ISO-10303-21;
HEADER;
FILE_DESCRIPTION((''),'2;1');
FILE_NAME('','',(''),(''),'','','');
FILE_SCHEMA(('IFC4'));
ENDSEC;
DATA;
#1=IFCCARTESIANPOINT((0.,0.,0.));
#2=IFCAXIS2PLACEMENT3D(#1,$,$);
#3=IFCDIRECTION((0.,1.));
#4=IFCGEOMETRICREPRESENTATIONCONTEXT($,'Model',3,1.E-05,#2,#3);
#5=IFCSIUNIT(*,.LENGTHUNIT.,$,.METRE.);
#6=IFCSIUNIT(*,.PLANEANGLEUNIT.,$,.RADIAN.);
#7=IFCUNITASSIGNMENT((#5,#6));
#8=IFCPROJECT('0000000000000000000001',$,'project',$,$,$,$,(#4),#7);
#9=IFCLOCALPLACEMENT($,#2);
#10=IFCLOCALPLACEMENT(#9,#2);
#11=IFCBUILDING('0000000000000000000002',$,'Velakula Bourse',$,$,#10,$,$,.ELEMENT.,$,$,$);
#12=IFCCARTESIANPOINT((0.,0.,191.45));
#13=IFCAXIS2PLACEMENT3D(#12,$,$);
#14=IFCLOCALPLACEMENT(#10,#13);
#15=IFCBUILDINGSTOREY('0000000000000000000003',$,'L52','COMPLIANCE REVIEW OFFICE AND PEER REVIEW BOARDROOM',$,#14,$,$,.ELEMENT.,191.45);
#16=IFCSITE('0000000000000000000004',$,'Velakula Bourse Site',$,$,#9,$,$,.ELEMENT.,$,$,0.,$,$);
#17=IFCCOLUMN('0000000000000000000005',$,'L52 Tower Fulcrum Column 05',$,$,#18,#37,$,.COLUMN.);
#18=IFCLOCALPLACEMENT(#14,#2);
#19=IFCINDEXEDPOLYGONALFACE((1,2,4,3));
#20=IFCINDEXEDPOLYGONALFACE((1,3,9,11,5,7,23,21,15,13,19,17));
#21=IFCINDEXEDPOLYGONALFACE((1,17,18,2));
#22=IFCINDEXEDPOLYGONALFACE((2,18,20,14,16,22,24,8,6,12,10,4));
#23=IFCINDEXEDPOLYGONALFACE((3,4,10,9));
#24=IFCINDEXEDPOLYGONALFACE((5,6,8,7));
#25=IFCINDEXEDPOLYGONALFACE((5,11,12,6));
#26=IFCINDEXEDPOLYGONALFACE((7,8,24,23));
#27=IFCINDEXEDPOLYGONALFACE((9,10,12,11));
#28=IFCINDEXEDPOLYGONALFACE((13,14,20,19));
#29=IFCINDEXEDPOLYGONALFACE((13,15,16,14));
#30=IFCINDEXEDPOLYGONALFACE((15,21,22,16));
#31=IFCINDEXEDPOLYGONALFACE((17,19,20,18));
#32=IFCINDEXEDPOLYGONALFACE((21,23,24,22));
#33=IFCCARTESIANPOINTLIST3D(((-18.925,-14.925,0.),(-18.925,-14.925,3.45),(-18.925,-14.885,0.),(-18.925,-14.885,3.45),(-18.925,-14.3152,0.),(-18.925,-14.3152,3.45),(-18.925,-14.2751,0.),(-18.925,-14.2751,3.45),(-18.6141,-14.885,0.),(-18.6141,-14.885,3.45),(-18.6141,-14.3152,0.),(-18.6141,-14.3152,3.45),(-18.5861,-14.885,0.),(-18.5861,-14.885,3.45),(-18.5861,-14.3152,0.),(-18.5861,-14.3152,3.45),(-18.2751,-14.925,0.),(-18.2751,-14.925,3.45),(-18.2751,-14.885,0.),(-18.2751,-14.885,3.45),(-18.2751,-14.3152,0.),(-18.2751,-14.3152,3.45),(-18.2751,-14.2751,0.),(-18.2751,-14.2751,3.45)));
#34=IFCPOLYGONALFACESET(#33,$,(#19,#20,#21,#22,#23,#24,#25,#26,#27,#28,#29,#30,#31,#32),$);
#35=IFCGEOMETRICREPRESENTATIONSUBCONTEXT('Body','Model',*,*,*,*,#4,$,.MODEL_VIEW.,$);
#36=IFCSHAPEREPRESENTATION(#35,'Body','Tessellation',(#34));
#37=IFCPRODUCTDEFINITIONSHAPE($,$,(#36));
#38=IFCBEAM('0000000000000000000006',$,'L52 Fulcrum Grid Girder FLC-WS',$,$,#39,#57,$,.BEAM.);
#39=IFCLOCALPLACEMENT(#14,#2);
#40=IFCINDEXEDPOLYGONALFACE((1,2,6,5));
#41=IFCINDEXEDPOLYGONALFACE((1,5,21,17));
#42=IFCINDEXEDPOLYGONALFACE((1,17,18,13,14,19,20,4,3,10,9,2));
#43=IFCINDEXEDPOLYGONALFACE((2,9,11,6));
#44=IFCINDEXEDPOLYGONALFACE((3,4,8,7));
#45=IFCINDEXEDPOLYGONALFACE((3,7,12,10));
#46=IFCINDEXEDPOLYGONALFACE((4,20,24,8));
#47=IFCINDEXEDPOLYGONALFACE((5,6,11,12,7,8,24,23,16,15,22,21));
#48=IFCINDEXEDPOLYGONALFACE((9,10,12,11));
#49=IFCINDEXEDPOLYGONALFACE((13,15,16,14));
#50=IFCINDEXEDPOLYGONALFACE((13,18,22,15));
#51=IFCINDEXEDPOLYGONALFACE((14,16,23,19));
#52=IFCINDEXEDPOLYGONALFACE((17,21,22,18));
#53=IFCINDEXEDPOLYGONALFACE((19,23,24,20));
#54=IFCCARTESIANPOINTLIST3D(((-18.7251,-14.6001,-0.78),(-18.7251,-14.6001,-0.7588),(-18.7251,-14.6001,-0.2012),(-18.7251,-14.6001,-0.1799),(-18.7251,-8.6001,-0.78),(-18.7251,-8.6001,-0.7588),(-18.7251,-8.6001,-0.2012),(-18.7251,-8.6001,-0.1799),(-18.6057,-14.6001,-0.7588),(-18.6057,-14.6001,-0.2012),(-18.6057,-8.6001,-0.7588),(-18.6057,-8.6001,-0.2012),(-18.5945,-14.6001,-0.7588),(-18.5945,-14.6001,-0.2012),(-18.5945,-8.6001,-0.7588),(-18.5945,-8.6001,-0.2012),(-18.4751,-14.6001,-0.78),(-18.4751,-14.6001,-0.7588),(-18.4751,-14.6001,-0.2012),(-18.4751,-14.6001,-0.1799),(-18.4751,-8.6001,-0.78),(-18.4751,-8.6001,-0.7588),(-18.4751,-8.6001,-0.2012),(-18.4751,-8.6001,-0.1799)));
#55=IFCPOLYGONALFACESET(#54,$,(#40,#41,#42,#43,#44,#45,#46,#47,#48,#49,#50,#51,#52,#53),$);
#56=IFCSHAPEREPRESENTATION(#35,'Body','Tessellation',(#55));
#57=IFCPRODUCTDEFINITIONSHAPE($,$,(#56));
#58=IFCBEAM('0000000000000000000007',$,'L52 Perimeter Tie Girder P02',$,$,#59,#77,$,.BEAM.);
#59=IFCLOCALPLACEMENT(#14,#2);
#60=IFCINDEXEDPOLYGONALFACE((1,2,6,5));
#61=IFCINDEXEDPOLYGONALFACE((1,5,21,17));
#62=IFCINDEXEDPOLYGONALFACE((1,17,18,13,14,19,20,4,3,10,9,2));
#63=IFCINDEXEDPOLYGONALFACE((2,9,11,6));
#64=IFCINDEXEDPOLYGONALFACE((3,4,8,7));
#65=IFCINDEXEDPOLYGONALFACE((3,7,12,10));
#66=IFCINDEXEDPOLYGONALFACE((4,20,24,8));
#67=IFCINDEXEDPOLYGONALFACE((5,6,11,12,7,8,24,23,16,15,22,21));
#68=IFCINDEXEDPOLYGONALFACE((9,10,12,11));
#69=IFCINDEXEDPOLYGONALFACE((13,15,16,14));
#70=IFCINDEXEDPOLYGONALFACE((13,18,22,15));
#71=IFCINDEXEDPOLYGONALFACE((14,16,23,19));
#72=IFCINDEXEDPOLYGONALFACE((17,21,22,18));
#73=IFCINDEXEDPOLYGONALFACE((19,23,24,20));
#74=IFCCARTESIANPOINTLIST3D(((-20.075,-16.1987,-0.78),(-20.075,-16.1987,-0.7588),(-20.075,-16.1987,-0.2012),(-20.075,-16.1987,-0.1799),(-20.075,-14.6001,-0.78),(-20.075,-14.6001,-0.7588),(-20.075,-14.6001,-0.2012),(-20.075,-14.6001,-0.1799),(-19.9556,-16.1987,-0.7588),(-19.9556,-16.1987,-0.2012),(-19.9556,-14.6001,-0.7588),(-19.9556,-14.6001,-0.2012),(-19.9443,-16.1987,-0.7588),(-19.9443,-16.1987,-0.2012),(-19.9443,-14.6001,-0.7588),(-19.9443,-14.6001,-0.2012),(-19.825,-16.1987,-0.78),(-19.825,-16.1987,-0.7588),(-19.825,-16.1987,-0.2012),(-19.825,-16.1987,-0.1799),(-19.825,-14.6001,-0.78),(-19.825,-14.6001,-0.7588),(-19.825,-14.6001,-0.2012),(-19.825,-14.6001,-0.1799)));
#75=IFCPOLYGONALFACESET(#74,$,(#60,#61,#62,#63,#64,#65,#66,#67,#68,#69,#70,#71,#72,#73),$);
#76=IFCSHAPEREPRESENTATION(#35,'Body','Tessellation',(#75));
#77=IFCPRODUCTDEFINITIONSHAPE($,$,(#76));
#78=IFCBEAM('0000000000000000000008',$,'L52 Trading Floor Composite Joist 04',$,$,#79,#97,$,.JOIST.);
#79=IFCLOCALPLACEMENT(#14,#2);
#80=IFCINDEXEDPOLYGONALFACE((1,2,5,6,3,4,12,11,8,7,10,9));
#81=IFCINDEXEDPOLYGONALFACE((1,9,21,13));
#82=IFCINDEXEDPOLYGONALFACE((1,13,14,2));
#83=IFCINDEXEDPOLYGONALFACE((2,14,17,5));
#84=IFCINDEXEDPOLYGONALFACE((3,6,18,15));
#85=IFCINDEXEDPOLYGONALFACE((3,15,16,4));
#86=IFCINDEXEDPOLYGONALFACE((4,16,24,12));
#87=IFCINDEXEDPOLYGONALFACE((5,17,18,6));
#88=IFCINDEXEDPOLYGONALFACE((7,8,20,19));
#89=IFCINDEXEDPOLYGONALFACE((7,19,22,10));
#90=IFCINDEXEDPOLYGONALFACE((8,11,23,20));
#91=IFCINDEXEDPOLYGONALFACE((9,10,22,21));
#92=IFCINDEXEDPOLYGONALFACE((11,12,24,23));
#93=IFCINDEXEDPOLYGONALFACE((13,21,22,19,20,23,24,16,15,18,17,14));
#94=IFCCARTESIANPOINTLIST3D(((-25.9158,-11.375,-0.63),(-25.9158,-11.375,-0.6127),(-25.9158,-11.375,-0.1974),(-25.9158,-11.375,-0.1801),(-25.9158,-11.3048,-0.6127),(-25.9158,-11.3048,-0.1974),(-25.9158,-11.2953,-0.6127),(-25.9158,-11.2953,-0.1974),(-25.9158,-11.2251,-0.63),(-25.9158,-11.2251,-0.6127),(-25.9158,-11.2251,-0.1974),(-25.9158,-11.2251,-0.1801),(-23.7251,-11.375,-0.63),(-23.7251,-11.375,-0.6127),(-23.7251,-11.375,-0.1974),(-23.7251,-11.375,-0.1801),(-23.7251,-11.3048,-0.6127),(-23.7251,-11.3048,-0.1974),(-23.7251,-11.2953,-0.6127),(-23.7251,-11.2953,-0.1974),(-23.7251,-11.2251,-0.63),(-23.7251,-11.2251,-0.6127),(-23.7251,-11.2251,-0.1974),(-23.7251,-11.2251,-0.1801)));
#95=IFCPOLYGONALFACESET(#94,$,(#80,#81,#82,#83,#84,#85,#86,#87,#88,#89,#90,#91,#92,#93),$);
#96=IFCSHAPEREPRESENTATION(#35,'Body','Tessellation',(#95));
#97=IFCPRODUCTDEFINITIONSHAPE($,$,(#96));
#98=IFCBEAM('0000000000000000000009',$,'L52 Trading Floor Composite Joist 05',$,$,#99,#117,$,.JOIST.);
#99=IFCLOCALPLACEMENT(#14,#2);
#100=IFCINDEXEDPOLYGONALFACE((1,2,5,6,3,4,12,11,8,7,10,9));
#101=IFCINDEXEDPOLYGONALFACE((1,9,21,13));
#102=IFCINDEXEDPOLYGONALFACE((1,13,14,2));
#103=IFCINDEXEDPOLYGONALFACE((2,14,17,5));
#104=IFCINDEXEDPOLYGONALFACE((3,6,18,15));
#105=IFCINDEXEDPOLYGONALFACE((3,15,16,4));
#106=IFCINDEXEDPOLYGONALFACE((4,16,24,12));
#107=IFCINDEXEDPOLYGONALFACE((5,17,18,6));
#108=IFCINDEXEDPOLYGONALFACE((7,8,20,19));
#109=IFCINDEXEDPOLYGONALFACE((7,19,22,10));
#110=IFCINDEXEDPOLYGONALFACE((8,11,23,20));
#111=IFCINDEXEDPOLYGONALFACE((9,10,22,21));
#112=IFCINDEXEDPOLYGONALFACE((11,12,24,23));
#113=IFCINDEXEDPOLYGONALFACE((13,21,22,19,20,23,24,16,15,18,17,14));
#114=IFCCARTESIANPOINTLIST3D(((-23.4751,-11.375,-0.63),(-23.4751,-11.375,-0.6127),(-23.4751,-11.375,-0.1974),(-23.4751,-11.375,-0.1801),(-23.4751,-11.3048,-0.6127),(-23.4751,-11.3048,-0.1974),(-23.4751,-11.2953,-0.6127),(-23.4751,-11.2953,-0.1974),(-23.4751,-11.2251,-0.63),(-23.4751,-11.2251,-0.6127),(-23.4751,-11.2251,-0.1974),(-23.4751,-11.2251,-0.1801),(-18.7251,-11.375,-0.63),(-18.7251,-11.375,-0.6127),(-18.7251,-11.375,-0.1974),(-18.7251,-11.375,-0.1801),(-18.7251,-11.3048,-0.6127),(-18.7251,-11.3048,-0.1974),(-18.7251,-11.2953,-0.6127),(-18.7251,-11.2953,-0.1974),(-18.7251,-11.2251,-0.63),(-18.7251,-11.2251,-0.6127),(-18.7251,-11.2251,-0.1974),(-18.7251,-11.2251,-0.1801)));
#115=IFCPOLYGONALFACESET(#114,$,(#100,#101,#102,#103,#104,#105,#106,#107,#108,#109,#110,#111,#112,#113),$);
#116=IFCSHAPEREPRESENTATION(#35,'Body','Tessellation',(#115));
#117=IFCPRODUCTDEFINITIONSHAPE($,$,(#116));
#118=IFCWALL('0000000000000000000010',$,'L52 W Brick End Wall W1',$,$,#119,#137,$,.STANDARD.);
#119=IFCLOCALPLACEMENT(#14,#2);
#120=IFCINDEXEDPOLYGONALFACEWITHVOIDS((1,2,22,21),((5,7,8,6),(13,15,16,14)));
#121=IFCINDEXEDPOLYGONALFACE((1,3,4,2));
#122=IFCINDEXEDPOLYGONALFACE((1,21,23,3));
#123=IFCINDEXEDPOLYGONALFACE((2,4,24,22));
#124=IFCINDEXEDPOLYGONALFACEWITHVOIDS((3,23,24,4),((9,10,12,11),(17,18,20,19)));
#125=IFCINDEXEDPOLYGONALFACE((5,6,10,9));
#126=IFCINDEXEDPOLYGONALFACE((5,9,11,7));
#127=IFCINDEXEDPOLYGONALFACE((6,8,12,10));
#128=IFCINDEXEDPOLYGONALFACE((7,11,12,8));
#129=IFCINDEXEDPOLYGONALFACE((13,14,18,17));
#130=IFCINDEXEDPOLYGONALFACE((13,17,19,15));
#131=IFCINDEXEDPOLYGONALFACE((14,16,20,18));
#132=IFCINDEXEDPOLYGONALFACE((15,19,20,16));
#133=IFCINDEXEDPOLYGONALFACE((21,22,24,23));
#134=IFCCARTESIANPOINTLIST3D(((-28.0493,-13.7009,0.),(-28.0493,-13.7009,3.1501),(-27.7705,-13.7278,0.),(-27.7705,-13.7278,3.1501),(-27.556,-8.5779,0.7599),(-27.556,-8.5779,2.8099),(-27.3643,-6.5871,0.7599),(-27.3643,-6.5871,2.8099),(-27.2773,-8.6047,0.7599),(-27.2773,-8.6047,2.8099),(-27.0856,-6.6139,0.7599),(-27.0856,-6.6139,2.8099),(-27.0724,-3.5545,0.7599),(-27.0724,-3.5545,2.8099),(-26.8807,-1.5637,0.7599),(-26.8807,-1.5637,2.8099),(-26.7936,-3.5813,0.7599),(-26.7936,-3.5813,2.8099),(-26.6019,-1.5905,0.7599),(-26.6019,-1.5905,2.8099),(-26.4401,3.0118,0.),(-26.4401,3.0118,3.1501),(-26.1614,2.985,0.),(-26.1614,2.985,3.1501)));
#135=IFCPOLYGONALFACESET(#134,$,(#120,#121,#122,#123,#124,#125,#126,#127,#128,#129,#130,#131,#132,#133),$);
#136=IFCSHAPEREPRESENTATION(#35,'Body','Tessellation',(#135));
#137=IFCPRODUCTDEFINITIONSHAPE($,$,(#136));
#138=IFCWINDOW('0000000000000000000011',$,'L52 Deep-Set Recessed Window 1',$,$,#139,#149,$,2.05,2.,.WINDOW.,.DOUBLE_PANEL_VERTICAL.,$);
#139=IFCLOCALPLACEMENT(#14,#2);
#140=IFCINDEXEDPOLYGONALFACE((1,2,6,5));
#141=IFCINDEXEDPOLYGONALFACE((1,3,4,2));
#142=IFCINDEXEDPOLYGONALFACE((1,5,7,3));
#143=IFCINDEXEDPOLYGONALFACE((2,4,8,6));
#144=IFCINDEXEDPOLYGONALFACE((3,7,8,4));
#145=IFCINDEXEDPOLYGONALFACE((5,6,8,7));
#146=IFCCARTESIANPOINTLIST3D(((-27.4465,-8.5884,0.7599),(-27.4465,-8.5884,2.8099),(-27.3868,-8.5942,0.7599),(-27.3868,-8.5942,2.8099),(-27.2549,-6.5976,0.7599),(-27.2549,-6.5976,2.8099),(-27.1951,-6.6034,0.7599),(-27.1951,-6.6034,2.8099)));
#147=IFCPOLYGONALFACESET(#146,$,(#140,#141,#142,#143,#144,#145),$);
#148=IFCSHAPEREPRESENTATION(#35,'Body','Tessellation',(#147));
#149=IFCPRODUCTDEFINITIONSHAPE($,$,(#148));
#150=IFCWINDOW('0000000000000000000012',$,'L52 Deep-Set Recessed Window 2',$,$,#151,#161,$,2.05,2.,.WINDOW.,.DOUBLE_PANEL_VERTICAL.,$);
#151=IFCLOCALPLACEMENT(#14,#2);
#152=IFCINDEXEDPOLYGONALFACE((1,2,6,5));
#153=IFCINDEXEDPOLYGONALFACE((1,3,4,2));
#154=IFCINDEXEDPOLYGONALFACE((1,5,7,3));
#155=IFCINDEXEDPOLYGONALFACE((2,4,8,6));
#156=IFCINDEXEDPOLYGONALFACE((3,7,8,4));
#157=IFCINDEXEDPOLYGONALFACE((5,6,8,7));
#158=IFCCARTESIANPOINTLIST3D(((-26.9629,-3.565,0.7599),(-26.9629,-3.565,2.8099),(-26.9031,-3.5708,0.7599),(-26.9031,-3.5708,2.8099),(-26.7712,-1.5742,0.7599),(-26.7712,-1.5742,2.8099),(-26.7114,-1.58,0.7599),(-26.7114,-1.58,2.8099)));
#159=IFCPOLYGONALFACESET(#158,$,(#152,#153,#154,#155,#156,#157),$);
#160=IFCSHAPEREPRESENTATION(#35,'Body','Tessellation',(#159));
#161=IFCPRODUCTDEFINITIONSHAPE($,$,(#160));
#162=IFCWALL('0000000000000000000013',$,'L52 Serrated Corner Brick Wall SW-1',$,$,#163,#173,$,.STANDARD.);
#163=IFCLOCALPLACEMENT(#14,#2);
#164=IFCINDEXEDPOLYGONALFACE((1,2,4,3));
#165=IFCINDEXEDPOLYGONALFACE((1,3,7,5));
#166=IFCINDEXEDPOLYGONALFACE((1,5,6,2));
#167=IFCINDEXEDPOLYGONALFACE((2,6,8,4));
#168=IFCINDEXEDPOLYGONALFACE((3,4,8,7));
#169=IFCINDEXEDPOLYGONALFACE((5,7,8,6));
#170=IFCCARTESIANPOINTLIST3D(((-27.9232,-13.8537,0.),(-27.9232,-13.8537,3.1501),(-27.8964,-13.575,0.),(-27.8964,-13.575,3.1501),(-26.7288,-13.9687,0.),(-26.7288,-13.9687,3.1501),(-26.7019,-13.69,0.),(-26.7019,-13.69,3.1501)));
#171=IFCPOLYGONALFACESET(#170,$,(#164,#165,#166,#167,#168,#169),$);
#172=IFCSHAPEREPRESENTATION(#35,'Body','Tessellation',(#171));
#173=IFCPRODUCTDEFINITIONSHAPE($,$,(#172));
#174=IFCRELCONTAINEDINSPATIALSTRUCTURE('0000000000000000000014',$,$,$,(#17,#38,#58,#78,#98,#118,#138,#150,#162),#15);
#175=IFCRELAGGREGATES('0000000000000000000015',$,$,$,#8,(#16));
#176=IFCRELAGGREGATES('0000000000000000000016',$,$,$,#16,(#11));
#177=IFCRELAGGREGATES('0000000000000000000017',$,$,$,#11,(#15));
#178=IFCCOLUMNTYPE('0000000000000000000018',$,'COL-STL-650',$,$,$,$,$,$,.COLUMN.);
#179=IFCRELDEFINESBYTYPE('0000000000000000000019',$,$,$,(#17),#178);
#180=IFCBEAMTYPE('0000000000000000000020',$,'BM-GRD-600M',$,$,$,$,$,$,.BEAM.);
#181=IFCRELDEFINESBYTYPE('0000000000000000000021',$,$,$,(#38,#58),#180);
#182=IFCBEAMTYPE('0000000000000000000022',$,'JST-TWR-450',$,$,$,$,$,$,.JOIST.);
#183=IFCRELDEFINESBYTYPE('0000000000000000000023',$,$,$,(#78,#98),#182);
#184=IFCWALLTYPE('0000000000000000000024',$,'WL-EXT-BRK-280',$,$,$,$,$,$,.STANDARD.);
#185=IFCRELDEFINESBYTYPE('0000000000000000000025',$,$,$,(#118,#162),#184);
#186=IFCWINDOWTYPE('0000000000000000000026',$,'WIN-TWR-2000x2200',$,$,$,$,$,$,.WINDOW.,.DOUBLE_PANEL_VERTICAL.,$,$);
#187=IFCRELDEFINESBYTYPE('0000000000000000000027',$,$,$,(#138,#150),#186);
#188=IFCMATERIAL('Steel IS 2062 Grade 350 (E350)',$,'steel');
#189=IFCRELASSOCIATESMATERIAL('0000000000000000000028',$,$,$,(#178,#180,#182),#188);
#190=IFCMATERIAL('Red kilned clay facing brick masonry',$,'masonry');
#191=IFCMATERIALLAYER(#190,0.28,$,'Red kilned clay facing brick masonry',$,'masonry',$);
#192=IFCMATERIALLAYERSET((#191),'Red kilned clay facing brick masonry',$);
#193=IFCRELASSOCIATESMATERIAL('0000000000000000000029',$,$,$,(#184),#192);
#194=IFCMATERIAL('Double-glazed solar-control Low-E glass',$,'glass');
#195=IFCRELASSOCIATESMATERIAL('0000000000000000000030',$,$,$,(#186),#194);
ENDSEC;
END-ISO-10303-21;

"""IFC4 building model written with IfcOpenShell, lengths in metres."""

from ifc_helpers import new_model, si_unit, direction, frame, frame_2d, origin, origin_2d, place, context, subcontext, project, spatial, rectangle, i_section, extrude, material, layer, layer_set, material_profile, profile_set, type_object, element, fill, save


model = new_model("IFC4")

# Units and contexts
model_context = context("Model", 3, precision=1e-05, world=origin(), true_north=direction((0.0, 1.0)))
body_context = subcontext(model_context, "Body", "Model", "MODEL_VIEW")
ifc_project = project(units=[si_unit("LENGTHUNIT", "METRE"), si_unit("PLANEANGLEUNIT", "RADIAN")], contexts=[model_context])

# Site, building, storey
site_placement = place(None, origin())
site = spatial("IfcSite", under=ifc_project, at=site_placement, Name="Velakula Bourse Site", CompositionType="ELEMENT", RefElevation=0.0)
building_placement = place(site_placement, origin())
building = spatial("IfcBuilding", under=site, at=building_placement, Name="Velakula Bourse", CompositionType="ELEMENT")
storey_placement = place(building_placement, frame((0.0, 0.0, 191.45)))
storey = spatial("IfcBuildingStorey", under=building, at=storey_placement, Name="L52", Description="COMPLIANCE REVIEW OFFICE AND PEER REVIEW BOARDROOM", CompositionType="ELEMENT", Elevation=191.45)

# Column
ifc_material_1 = material(Name="Steel IS 2062 Grade 350 (E350)", Category="steel")
ifc_material_profile_1 = material_profile(ifc_material_1, i_section(OverallWidth=0.6499, OverallDepth=0.6499, WebThickness=0.0281, FlangeThickness=0.04, at=origin_2d()), Name="Steel IS 2062 Grade 350 (E350)")
ifc_profile_set_1 = profile_set([ifc_material_profile_1], Name="Steel IS 2062 Grade 350 (E350)")
column_type = type_object("IfcColumnType", Name="COL-STL-650", PredefinedType="COLUMN", material=ifc_profile_set_1)
column_placement = place(storey_placement, frame((-18.6001, -14.6001, 0.0), z_axis=(0.0, 0.0, 1.0), x_axis=(1.0, 0.0, 0.0)))
element("IfcColumn", 1, at=column_placement, inside=storey, type_object=column_type, Name="L52 Tower Fulcrum Column 05", PredefinedType="COLUMN", context=body_context, shape_type="SweptSolid", body=[
    extrude(i_section(OverallWidth=0.6499, OverallDepth=0.6499, WebThickness=0.0281, FlangeThickness=0.04, at=origin_2d()), origin(), (0.0, 0.0, 1.0), 3.45),
])

# Beams
ifc_material_profile_2 = material_profile(ifc_material_1, i_section(OverallWidth=0.25, OverallDepth=0.6001, WebThickness=0.0112, FlangeThickness=0.0212, at=origin_2d()), Name="Steel IS 2062 Grade 350 (E350)")
ifc_profile_set_2 = profile_set([ifc_material_profile_2], Name="Steel IS 2062 Grade 350 (E350)")
beam_type_1 = type_object("IfcBeamType", Name="BM-GRD-600M", PredefinedType="BEAM", material=ifc_profile_set_2)
beam_1_placement = place(storey_placement, frame((-18.6001, -14.6001, -0.48), z_axis=(0.0, 1.0, 0.0), x_axis=(-1.0, 0.0, 0.0)))
element("IfcBeam", 2, at=beam_1_placement, inside=storey, type_object=beam_type_1, Name="L52 Fulcrum Grid Girder FLC-WS", PredefinedType="BEAM", context=body_context, shape_type="SweptSolid", body=[
    extrude(i_section(OverallWidth=0.25, OverallDepth=0.6001, WebThickness=0.0112, FlangeThickness=0.0212, at=origin_2d()), origin(), (0.0, 0.0, 1.0), 6.0),
])
beam_2_placement = place(storey_placement, frame((-19.95, -14.6001, -0.48), z_axis=(0.0, -1.0, 0.0), x_axis=(1.0, 0.0, 0.0)))
element("IfcBeam", 3, at=beam_2_placement, inside=storey, type_object=beam_type_1, Name="L52 Perimeter Tie Girder P02", PredefinedType="BEAM", context=body_context, shape_type="SweptSolid", body=[
    extrude(i_section(OverallWidth=0.25, OverallDepth=0.6001, WebThickness=0.0112, FlangeThickness=0.0212, at=origin_2d()), origin(), (0.0, 0.0, 1.0), 1.5986),
])
ifc_material_profile_3 = material_profile(ifc_material_1, i_section(OverallWidth=0.1499, OverallDepth=0.45, WebThickness=0.0095, FlangeThickness=0.0173, at=origin_2d()), Name="Steel IS 2062 Grade 350 (E350)")
ifc_profile_set_3 = profile_set([ifc_material_profile_3], Name="Steel IS 2062 Grade 350 (E350)")
beam_type_2 = type_object("IfcBeamType", Name="JST-TWR-450", PredefinedType="JOIST", material=ifc_profile_set_3)
beam_3_placement = place(storey_placement, frame((-25.9158, -11.3, -0.405), z_axis=(1.0, 0.0, 0.0), x_axis=(0.0, 1.0, 0.0)))
element("IfcBeam", 4, at=beam_3_placement, inside=storey, type_object=beam_type_2, Name="L52 Trading Floor Composite Joist 04", PredefinedType="JOIST", context=body_context, shape_type="SweptSolid", body=[
    extrude(i_section(OverallWidth=0.1499, OverallDepth=0.45, WebThickness=0.0095, FlangeThickness=0.0173, at=origin_2d()), origin(), (0.0, 0.0, 1.0), 2.1907),
])
beam_4_placement = place(storey_placement, frame((-23.4751, -11.3, -0.405), z_axis=(1.0, 0.0, 0.0), x_axis=(0.0, 1.0, 0.0)))
element("IfcBeam", 5, at=beam_4_placement, inside=storey, type_object=beam_type_2, Name="L52 Trading Floor Composite Joist 05", PredefinedType="JOIST", context=body_context, shape_type="SweptSolid", body=[
    extrude(i_section(OverallWidth=0.1499, OverallDepth=0.45, WebThickness=0.0095, FlangeThickness=0.0173, at=origin_2d()), origin(), (0.0, 0.0, 1.0), 4.75),
])

# Wall, openings, windows
ifc_material_2 = material(Name="Red kilned clay facing brick masonry", Category="masonry")
ifc_layer_1 = layer(ifc_material_2, 0.28, Name="Red kilned clay facing brick masonry", Category="masonry")
ifc_layer_set_1 = layer_set([ifc_layer_1], Name="Red kilned clay facing brick masonry")
wall_type_1 = type_object("IfcWallType", Name="WL-EXT-BRK-280", PredefinedType="STANDARD", material=ifc_layer_set_1)
wall_1_placement = place(storey_placement, frame((-27.9099, -13.7144, 0.0), z_axis=(0.0, 0.0, 1.0), x_axis=(0.095839, 0.995397, 0.0)))
wall_1 = element("IfcWall", 6, at=wall_1_placement, inside=storey, type_object=wall_type_1, Name="L52 W Brick End Wall W1", PredefinedType="STANDARD", context=body_context, shape_type="SweptSolid", body=[
    extrude(rectangle(XDim=16.79, YDim=0.28, at=frame_2d((8.395, 0.0))), origin(), (0.0, 0.0, 1.0), 3.1501),
])
opening_1_placement = place(wall_1_placement, frame((5.1467, 0.0, 0.76)))
opening_1 = element("IfcOpeningElement", 7, at=opening_1_placement, cuts=wall_1, PredefinedType="OPENING", context=body_context, shape_type="SweptSolid", body=[
    extrude(rectangle(XDim=2.0, YDim=2.05, at=frame_2d((1.0, 1.0249))), frame((0.0, 0.1499, 0.0), z_axis=(0.0, -1.0, 0.0), x_axis=(1.0, 0.0, 0.0)), (0.0, 0.0, 1.0), 0.3),
])
opening_2_placement = place(wall_1_placement, frame((10.1934, 0.0, 0.76)))
opening_2 = element("IfcOpeningElement", 8, at=opening_2_placement, cuts=wall_1, PredefinedType="OPENING", context=body_context, shape_type="SweptSolid", body=[
    extrude(rectangle(XDim=2.0, YDim=2.05, at=frame_2d((1.0, 1.0249))), frame((0.0, 0.1499, 0.0), z_axis=(0.0, -1.0, 0.0), x_axis=(1.0, 0.0, 0.0)), (0.0, 0.0, 1.0), 0.3),
])
ifc_material_3 = material(Name="Double-glazed solar-control Low-E glass", Category="glass")
window_type = type_object("IfcWindowType", Name="WIN-TWR-2000x2200", PartitioningType="DOUBLE_PANEL_VERTICAL", PredefinedType="WINDOW", material=ifc_material_3)
window_1_placement = place(opening_1_placement, origin())
window_1 = element("IfcWindow", 9, at=window_1_placement, inside=storey, type_object=window_type, Name="L52 Deep-Set Recessed Window 1", OverallHeight=2.05, OverallWidth=2.0, PartitioningType="DOUBLE_PANEL_VERTICAL", PredefinedType="WINDOW", context=body_context, shape_type="SweptSolid", body=[
    extrude(rectangle(XDim=2.0, YDim=2.05, at=frame_2d((1.0, 1.0249))), frame((0.0, 0.03, 0.0), z_axis=(0.0, -1.0, 0.0), x_axis=(1.0, 0.0, 0.0)), (0.0, 0.0, 1.0), 0.0601),
])
fill(opening_1, window_1)
window_2_placement = place(opening_2_placement, origin())
window_2 = element("IfcWindow", 10, at=window_2_placement, inside=storey, type_object=window_type, Name="L52 Deep-Set Recessed Window 2", OverallHeight=2.05, OverallWidth=2.0, PartitioningType="DOUBLE_PANEL_VERTICAL", PredefinedType="WINDOW", context=body_context, shape_type="SweptSolid", body=[
    extrude(rectangle(XDim=2.0, YDim=2.05, at=frame_2d((1.0, 1.0249))), frame((0.0, 0.03, 0.0), z_axis=(0.0, -1.0, 0.0), x_axis=(1.0, 0.0, 0.0)), (0.0, 0.0, 1.0), 0.0601),
])
fill(opening_2, window_2)

# Wall
wall_2_placement = place(storey_placement, frame((-27.9099, -13.7144, 0.0), z_axis=(0.0, 0.0, 1.0), x_axis=(0.995397, -0.095836, 0.0)))
element("IfcWall", 11, at=wall_2_placement, inside=storey, type_object=wall_type_1, Name="L52 Serrated Corner Brick Wall SW-1", PredefinedType="STANDARD", context=body_context, shape_type="SweptSolid", body=[
    extrude(rectangle(XDim=1.2, YDim=0.28, at=frame_2d((0.6001, 0.0))), origin(), (0.0, 0.0, 1.0), 3.1501),
])

save(model, "model.ifc")
